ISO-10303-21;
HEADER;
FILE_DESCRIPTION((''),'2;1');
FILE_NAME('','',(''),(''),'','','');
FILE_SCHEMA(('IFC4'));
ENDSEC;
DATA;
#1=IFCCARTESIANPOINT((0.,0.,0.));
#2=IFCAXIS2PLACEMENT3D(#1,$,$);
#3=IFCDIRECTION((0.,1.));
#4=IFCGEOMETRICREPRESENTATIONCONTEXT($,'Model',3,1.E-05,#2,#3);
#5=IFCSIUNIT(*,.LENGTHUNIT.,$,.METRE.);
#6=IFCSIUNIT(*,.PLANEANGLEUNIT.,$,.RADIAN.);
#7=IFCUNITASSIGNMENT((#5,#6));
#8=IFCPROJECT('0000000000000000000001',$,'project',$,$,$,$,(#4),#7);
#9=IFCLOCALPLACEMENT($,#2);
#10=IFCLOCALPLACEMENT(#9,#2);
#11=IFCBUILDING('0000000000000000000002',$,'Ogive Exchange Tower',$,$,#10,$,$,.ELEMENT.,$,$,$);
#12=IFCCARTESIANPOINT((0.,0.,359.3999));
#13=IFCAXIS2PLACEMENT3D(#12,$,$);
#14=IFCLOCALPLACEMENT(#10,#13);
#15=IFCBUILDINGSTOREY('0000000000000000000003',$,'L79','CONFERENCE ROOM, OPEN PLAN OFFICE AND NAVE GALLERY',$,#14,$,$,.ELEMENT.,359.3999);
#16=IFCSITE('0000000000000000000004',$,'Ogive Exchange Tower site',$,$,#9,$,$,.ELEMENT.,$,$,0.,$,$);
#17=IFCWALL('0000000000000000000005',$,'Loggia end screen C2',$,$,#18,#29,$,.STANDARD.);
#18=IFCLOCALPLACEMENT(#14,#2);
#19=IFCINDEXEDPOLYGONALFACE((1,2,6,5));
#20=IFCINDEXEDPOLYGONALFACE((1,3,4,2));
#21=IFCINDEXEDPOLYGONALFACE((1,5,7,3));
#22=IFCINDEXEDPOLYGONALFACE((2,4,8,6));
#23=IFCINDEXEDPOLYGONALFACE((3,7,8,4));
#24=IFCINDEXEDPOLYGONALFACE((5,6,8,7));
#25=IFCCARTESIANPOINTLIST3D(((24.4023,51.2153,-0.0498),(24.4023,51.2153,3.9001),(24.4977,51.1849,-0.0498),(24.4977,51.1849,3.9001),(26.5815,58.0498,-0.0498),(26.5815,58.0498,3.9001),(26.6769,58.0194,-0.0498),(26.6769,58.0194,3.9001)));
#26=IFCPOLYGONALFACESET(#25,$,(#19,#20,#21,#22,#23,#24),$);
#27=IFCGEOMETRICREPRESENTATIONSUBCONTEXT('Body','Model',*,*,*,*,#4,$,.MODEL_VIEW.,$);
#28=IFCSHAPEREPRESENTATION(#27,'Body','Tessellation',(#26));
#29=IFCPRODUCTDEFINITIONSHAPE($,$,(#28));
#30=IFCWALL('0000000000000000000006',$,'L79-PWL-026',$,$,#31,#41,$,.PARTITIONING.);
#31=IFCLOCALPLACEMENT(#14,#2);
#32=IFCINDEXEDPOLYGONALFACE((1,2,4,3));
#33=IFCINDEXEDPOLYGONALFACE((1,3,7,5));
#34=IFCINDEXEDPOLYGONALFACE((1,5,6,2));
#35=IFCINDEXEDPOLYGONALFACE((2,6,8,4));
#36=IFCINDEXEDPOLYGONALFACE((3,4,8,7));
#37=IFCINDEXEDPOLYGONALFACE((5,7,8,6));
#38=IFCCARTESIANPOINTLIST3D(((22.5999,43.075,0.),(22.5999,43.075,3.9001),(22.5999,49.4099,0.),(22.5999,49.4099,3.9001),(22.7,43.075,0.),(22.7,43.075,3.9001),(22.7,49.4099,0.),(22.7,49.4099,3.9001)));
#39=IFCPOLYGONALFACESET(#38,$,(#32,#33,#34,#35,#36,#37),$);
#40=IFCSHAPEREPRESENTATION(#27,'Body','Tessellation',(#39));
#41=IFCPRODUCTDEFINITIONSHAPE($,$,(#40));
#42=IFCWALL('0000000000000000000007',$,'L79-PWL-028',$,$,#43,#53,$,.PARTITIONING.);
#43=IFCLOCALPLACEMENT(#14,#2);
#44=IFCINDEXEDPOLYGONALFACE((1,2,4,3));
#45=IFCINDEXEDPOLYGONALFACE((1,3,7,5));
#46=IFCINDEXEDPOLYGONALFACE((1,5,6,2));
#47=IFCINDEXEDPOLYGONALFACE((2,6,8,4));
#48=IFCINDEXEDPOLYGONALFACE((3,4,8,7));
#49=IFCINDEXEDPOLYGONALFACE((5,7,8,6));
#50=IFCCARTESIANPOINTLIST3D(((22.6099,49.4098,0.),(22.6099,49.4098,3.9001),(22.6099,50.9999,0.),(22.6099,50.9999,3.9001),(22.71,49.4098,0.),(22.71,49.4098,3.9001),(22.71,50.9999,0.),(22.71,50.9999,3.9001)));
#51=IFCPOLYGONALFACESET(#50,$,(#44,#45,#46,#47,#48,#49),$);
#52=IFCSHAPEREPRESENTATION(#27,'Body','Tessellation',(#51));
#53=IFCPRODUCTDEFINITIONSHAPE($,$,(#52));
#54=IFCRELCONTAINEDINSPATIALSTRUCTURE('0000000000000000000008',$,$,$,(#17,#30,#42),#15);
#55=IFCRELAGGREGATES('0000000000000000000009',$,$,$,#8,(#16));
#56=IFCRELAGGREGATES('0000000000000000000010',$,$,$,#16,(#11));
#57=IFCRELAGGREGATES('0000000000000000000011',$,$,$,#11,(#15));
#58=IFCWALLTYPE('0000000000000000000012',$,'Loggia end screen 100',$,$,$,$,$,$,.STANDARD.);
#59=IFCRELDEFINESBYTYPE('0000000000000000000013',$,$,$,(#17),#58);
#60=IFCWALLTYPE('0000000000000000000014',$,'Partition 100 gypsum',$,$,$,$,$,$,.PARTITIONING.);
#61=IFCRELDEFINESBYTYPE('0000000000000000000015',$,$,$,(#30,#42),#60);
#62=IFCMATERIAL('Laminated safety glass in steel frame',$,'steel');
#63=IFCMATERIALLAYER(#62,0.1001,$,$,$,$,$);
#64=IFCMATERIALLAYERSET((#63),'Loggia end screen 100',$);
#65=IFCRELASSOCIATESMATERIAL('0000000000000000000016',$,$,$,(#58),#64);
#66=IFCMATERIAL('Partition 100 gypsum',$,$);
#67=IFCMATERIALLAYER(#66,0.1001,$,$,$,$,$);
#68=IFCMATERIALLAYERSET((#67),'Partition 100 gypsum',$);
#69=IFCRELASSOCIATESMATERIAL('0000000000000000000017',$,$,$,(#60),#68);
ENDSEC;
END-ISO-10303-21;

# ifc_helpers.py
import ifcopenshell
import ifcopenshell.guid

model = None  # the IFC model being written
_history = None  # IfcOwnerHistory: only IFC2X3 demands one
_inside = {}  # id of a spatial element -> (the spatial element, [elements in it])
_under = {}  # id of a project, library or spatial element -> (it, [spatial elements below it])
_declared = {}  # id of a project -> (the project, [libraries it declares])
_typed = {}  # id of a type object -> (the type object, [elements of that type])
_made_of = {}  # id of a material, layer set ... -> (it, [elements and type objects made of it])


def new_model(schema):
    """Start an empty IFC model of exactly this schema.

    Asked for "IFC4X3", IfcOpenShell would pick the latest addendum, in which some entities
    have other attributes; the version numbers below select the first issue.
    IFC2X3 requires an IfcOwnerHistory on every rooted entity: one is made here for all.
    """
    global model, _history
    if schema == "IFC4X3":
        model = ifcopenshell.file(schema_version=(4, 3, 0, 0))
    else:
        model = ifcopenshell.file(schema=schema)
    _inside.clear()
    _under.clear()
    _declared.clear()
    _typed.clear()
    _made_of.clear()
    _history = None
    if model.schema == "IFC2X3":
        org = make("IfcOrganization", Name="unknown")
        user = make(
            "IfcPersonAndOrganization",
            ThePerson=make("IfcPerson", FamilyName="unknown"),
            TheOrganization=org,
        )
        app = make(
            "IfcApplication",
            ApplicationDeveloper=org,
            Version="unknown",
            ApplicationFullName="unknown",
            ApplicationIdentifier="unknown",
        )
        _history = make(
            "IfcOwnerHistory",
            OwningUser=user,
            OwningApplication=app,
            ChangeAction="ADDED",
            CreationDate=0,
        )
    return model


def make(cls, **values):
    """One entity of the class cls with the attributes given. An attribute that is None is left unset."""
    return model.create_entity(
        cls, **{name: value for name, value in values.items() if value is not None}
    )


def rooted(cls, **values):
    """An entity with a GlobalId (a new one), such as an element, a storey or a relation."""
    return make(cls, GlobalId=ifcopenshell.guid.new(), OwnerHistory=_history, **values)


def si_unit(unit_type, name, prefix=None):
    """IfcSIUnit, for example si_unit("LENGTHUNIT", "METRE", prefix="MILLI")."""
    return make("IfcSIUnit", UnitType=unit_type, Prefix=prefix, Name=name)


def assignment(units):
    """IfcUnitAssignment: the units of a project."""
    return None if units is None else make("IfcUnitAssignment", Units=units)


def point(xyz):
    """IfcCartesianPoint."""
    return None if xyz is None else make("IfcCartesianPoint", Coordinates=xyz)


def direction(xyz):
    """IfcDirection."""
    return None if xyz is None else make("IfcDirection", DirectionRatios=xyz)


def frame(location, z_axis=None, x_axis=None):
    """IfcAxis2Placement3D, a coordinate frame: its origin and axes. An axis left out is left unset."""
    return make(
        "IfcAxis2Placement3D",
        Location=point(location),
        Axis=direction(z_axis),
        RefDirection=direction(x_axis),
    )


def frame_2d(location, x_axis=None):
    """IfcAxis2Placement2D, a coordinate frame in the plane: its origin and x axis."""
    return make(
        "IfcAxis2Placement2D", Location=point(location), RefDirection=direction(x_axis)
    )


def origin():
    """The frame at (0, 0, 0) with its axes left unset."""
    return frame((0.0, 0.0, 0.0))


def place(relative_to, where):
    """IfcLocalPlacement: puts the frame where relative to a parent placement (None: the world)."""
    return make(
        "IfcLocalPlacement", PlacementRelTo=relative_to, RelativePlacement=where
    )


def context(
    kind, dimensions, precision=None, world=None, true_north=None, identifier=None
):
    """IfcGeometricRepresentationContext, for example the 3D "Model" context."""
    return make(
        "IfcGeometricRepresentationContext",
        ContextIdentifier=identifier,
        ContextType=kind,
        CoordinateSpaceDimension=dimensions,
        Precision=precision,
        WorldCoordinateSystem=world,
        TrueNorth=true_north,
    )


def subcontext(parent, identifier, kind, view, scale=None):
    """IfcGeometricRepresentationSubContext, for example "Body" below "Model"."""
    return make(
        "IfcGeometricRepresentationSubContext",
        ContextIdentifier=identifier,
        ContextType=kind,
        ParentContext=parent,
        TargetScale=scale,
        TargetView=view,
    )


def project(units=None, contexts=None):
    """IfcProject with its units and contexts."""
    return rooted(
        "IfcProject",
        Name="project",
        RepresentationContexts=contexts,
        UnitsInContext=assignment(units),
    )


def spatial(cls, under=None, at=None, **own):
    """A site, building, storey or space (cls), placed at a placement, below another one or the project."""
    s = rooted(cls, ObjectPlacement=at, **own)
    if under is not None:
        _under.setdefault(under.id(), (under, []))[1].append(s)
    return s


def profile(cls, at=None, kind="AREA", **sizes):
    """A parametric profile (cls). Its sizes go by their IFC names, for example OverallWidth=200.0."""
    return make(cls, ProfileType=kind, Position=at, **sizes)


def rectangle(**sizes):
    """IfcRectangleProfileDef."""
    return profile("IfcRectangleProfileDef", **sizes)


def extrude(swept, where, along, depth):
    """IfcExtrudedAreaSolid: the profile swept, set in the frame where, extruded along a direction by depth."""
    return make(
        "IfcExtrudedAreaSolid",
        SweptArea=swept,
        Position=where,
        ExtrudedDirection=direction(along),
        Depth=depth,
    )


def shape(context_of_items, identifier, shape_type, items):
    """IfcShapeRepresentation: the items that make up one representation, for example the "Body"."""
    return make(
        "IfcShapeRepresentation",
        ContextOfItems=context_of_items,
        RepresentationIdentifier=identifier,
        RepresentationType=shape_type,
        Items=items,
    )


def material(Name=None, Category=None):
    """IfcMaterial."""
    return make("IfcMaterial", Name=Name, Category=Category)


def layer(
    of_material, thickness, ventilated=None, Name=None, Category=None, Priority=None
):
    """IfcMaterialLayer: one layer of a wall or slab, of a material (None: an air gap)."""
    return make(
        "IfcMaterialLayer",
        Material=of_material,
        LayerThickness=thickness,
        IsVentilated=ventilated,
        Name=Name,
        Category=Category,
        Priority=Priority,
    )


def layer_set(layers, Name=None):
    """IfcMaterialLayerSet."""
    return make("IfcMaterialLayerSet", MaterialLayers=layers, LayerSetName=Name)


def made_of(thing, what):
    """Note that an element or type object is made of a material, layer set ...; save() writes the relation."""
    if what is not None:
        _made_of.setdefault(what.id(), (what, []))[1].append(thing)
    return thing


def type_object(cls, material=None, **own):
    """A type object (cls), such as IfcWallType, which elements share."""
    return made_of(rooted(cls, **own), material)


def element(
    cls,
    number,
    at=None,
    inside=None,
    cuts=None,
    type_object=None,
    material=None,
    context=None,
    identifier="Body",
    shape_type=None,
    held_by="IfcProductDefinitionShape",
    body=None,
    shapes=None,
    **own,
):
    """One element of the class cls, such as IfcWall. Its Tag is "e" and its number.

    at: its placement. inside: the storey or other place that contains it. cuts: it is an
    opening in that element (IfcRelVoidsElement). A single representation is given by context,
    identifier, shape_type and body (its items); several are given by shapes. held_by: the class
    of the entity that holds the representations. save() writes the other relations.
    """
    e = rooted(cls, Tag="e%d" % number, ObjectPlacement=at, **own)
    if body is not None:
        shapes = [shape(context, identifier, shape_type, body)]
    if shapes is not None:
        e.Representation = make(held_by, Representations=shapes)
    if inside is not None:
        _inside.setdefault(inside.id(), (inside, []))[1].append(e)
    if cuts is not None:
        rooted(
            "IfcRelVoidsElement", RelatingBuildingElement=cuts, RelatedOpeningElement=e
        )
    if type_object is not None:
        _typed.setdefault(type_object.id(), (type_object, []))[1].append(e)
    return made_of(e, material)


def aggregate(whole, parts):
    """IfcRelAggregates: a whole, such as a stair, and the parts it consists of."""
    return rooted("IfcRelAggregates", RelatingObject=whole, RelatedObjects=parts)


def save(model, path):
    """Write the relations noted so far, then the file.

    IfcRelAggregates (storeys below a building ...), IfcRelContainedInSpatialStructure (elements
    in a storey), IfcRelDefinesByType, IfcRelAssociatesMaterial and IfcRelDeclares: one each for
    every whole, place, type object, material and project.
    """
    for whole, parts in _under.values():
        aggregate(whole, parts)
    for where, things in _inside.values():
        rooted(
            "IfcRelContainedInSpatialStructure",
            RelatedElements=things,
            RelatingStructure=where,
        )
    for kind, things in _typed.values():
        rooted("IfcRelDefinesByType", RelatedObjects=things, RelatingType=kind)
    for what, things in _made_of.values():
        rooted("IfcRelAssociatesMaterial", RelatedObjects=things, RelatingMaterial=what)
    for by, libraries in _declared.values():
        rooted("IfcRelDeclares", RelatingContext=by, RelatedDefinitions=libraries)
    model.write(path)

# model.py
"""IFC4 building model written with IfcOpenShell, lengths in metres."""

from ifc_helpers import new_model, si_unit, direction, frame, frame_2d, origin, place, context, subcontext, project, spatial, rectangle, extrude, material, layer, layer_set, type_object, element, save


model = new_model("IFC4")

# Units and contexts
model_context = context("Model", 3, precision=1e-05, world=origin(), true_north=direction((0.0, 1.0)))
body_context = subcontext(model_context, "Body", "Model", "MODEL_VIEW")
ifc_project = project(units=[si_unit("LENGTHUNIT", "METRE"), si_unit("PLANEANGLEUNIT", "RADIAN")], contexts=[model_context])

# Site, building, storey
site_placement = place(None, origin())
site = spatial("IfcSite", under=ifc_project, at=site_placement, Name="Ogive Exchange Tower site", CompositionType="ELEMENT", RefElevation=0.0)
building_placement = place(site_placement, origin())
building = spatial("IfcBuilding", under=site, at=building_placement, Name="Ogive Exchange Tower", CompositionType="ELEMENT")
storey_placement = place(building_placement, frame((0.0, 0.0, 359.3999)))
storey = spatial("IfcBuildingStorey", under=building, at=storey_placement, Name="L79", Description="CONFERENCE ROOM, OPEN PLAN OFFICE AND NAVE GALLERY", CompositionType="ELEMENT", Elevation=359.3999)

# Walls
ifc_material_1 = material(Name="Laminated safety glass in steel frame", Category="steel")
ifc_layer_1 = layer(ifc_material_1, 0.1001)
ifc_layer_set_1 = layer_set([ifc_layer_1], Name="Loggia end screen 100")
wall_type_1 = type_object("IfcWallType", Name="Loggia end screen 100", PredefinedType="STANDARD", material=ifc_layer_set_1)
wall_1_placement = place(storey_placement, frame((24.45, 51.2, -0.0498), z_axis=(0.0, 0.0, 1.0), x_axis=(0.303785, 0.952741, 0.0)))
element("IfcWall", 1, at=wall_1_placement, inside=storey, type_object=wall_type_1, Name="Loggia end screen C2", PredefinedType="STANDARD", context=body_context, shape_type="SweptSolid", body=[
    extrude(rectangle(XDim=7.1736, YDim=0.1001, at=frame_2d((3.5869, 0.0))), origin(), (0.0, 0.0, 1.0), 3.95),
])
ifc_material_2 = material(Name="Partition 100 gypsum")
ifc_layer_2 = layer(ifc_material_2, 0.1001)
ifc_layer_set_2 = layer_set([ifc_layer_2], Name="Partition 100 gypsum")
wall_type_2 = type_object("IfcWallType", Name="Partition 100 gypsum", PredefinedType="PARTITIONING", material=ifc_layer_set_2)
wall_2_placement = place(storey_placement, frame((22.6499, 43.075, 0.0), z_axis=(0.0, 0.0, 1.0), x_axis=(0.0, 1.0, 0.0)))
element("IfcWall", 2, at=wall_2_placement, inside=storey, type_object=wall_type_2, Name="L79-PWL-026", PredefinedType="PARTITIONING", context=body_context, shape_type="SweptSolid", body=[
    extrude(rectangle(XDim=6.335, YDim=0.1001, at=frame_2d((3.1675, 0.0))), origin(), (0.0, 0.0, 1.0), 3.9001),
])
wall_3_placement = place(storey_placement, frame((22.6599, 49.4099, 0.0), z_axis=(0.0, 0.0, 1.0), x_axis=(0.0, 1.0, 0.0)))
element("IfcWall", 3, at=wall_3_placement, inside=storey, type_object=wall_type_2, Name="L79-PWL-028", PredefinedType="PARTITIONING", context=body_context, shape_type="SweptSolid", body=[
    extrude(rectangle(XDim=1.5901, YDim=0.1001, at=frame_2d((0.7949, 0.0))), origin(), (0.0, 0.0, 1.0), 3.9001),
])

save(model, "model.ifc")
